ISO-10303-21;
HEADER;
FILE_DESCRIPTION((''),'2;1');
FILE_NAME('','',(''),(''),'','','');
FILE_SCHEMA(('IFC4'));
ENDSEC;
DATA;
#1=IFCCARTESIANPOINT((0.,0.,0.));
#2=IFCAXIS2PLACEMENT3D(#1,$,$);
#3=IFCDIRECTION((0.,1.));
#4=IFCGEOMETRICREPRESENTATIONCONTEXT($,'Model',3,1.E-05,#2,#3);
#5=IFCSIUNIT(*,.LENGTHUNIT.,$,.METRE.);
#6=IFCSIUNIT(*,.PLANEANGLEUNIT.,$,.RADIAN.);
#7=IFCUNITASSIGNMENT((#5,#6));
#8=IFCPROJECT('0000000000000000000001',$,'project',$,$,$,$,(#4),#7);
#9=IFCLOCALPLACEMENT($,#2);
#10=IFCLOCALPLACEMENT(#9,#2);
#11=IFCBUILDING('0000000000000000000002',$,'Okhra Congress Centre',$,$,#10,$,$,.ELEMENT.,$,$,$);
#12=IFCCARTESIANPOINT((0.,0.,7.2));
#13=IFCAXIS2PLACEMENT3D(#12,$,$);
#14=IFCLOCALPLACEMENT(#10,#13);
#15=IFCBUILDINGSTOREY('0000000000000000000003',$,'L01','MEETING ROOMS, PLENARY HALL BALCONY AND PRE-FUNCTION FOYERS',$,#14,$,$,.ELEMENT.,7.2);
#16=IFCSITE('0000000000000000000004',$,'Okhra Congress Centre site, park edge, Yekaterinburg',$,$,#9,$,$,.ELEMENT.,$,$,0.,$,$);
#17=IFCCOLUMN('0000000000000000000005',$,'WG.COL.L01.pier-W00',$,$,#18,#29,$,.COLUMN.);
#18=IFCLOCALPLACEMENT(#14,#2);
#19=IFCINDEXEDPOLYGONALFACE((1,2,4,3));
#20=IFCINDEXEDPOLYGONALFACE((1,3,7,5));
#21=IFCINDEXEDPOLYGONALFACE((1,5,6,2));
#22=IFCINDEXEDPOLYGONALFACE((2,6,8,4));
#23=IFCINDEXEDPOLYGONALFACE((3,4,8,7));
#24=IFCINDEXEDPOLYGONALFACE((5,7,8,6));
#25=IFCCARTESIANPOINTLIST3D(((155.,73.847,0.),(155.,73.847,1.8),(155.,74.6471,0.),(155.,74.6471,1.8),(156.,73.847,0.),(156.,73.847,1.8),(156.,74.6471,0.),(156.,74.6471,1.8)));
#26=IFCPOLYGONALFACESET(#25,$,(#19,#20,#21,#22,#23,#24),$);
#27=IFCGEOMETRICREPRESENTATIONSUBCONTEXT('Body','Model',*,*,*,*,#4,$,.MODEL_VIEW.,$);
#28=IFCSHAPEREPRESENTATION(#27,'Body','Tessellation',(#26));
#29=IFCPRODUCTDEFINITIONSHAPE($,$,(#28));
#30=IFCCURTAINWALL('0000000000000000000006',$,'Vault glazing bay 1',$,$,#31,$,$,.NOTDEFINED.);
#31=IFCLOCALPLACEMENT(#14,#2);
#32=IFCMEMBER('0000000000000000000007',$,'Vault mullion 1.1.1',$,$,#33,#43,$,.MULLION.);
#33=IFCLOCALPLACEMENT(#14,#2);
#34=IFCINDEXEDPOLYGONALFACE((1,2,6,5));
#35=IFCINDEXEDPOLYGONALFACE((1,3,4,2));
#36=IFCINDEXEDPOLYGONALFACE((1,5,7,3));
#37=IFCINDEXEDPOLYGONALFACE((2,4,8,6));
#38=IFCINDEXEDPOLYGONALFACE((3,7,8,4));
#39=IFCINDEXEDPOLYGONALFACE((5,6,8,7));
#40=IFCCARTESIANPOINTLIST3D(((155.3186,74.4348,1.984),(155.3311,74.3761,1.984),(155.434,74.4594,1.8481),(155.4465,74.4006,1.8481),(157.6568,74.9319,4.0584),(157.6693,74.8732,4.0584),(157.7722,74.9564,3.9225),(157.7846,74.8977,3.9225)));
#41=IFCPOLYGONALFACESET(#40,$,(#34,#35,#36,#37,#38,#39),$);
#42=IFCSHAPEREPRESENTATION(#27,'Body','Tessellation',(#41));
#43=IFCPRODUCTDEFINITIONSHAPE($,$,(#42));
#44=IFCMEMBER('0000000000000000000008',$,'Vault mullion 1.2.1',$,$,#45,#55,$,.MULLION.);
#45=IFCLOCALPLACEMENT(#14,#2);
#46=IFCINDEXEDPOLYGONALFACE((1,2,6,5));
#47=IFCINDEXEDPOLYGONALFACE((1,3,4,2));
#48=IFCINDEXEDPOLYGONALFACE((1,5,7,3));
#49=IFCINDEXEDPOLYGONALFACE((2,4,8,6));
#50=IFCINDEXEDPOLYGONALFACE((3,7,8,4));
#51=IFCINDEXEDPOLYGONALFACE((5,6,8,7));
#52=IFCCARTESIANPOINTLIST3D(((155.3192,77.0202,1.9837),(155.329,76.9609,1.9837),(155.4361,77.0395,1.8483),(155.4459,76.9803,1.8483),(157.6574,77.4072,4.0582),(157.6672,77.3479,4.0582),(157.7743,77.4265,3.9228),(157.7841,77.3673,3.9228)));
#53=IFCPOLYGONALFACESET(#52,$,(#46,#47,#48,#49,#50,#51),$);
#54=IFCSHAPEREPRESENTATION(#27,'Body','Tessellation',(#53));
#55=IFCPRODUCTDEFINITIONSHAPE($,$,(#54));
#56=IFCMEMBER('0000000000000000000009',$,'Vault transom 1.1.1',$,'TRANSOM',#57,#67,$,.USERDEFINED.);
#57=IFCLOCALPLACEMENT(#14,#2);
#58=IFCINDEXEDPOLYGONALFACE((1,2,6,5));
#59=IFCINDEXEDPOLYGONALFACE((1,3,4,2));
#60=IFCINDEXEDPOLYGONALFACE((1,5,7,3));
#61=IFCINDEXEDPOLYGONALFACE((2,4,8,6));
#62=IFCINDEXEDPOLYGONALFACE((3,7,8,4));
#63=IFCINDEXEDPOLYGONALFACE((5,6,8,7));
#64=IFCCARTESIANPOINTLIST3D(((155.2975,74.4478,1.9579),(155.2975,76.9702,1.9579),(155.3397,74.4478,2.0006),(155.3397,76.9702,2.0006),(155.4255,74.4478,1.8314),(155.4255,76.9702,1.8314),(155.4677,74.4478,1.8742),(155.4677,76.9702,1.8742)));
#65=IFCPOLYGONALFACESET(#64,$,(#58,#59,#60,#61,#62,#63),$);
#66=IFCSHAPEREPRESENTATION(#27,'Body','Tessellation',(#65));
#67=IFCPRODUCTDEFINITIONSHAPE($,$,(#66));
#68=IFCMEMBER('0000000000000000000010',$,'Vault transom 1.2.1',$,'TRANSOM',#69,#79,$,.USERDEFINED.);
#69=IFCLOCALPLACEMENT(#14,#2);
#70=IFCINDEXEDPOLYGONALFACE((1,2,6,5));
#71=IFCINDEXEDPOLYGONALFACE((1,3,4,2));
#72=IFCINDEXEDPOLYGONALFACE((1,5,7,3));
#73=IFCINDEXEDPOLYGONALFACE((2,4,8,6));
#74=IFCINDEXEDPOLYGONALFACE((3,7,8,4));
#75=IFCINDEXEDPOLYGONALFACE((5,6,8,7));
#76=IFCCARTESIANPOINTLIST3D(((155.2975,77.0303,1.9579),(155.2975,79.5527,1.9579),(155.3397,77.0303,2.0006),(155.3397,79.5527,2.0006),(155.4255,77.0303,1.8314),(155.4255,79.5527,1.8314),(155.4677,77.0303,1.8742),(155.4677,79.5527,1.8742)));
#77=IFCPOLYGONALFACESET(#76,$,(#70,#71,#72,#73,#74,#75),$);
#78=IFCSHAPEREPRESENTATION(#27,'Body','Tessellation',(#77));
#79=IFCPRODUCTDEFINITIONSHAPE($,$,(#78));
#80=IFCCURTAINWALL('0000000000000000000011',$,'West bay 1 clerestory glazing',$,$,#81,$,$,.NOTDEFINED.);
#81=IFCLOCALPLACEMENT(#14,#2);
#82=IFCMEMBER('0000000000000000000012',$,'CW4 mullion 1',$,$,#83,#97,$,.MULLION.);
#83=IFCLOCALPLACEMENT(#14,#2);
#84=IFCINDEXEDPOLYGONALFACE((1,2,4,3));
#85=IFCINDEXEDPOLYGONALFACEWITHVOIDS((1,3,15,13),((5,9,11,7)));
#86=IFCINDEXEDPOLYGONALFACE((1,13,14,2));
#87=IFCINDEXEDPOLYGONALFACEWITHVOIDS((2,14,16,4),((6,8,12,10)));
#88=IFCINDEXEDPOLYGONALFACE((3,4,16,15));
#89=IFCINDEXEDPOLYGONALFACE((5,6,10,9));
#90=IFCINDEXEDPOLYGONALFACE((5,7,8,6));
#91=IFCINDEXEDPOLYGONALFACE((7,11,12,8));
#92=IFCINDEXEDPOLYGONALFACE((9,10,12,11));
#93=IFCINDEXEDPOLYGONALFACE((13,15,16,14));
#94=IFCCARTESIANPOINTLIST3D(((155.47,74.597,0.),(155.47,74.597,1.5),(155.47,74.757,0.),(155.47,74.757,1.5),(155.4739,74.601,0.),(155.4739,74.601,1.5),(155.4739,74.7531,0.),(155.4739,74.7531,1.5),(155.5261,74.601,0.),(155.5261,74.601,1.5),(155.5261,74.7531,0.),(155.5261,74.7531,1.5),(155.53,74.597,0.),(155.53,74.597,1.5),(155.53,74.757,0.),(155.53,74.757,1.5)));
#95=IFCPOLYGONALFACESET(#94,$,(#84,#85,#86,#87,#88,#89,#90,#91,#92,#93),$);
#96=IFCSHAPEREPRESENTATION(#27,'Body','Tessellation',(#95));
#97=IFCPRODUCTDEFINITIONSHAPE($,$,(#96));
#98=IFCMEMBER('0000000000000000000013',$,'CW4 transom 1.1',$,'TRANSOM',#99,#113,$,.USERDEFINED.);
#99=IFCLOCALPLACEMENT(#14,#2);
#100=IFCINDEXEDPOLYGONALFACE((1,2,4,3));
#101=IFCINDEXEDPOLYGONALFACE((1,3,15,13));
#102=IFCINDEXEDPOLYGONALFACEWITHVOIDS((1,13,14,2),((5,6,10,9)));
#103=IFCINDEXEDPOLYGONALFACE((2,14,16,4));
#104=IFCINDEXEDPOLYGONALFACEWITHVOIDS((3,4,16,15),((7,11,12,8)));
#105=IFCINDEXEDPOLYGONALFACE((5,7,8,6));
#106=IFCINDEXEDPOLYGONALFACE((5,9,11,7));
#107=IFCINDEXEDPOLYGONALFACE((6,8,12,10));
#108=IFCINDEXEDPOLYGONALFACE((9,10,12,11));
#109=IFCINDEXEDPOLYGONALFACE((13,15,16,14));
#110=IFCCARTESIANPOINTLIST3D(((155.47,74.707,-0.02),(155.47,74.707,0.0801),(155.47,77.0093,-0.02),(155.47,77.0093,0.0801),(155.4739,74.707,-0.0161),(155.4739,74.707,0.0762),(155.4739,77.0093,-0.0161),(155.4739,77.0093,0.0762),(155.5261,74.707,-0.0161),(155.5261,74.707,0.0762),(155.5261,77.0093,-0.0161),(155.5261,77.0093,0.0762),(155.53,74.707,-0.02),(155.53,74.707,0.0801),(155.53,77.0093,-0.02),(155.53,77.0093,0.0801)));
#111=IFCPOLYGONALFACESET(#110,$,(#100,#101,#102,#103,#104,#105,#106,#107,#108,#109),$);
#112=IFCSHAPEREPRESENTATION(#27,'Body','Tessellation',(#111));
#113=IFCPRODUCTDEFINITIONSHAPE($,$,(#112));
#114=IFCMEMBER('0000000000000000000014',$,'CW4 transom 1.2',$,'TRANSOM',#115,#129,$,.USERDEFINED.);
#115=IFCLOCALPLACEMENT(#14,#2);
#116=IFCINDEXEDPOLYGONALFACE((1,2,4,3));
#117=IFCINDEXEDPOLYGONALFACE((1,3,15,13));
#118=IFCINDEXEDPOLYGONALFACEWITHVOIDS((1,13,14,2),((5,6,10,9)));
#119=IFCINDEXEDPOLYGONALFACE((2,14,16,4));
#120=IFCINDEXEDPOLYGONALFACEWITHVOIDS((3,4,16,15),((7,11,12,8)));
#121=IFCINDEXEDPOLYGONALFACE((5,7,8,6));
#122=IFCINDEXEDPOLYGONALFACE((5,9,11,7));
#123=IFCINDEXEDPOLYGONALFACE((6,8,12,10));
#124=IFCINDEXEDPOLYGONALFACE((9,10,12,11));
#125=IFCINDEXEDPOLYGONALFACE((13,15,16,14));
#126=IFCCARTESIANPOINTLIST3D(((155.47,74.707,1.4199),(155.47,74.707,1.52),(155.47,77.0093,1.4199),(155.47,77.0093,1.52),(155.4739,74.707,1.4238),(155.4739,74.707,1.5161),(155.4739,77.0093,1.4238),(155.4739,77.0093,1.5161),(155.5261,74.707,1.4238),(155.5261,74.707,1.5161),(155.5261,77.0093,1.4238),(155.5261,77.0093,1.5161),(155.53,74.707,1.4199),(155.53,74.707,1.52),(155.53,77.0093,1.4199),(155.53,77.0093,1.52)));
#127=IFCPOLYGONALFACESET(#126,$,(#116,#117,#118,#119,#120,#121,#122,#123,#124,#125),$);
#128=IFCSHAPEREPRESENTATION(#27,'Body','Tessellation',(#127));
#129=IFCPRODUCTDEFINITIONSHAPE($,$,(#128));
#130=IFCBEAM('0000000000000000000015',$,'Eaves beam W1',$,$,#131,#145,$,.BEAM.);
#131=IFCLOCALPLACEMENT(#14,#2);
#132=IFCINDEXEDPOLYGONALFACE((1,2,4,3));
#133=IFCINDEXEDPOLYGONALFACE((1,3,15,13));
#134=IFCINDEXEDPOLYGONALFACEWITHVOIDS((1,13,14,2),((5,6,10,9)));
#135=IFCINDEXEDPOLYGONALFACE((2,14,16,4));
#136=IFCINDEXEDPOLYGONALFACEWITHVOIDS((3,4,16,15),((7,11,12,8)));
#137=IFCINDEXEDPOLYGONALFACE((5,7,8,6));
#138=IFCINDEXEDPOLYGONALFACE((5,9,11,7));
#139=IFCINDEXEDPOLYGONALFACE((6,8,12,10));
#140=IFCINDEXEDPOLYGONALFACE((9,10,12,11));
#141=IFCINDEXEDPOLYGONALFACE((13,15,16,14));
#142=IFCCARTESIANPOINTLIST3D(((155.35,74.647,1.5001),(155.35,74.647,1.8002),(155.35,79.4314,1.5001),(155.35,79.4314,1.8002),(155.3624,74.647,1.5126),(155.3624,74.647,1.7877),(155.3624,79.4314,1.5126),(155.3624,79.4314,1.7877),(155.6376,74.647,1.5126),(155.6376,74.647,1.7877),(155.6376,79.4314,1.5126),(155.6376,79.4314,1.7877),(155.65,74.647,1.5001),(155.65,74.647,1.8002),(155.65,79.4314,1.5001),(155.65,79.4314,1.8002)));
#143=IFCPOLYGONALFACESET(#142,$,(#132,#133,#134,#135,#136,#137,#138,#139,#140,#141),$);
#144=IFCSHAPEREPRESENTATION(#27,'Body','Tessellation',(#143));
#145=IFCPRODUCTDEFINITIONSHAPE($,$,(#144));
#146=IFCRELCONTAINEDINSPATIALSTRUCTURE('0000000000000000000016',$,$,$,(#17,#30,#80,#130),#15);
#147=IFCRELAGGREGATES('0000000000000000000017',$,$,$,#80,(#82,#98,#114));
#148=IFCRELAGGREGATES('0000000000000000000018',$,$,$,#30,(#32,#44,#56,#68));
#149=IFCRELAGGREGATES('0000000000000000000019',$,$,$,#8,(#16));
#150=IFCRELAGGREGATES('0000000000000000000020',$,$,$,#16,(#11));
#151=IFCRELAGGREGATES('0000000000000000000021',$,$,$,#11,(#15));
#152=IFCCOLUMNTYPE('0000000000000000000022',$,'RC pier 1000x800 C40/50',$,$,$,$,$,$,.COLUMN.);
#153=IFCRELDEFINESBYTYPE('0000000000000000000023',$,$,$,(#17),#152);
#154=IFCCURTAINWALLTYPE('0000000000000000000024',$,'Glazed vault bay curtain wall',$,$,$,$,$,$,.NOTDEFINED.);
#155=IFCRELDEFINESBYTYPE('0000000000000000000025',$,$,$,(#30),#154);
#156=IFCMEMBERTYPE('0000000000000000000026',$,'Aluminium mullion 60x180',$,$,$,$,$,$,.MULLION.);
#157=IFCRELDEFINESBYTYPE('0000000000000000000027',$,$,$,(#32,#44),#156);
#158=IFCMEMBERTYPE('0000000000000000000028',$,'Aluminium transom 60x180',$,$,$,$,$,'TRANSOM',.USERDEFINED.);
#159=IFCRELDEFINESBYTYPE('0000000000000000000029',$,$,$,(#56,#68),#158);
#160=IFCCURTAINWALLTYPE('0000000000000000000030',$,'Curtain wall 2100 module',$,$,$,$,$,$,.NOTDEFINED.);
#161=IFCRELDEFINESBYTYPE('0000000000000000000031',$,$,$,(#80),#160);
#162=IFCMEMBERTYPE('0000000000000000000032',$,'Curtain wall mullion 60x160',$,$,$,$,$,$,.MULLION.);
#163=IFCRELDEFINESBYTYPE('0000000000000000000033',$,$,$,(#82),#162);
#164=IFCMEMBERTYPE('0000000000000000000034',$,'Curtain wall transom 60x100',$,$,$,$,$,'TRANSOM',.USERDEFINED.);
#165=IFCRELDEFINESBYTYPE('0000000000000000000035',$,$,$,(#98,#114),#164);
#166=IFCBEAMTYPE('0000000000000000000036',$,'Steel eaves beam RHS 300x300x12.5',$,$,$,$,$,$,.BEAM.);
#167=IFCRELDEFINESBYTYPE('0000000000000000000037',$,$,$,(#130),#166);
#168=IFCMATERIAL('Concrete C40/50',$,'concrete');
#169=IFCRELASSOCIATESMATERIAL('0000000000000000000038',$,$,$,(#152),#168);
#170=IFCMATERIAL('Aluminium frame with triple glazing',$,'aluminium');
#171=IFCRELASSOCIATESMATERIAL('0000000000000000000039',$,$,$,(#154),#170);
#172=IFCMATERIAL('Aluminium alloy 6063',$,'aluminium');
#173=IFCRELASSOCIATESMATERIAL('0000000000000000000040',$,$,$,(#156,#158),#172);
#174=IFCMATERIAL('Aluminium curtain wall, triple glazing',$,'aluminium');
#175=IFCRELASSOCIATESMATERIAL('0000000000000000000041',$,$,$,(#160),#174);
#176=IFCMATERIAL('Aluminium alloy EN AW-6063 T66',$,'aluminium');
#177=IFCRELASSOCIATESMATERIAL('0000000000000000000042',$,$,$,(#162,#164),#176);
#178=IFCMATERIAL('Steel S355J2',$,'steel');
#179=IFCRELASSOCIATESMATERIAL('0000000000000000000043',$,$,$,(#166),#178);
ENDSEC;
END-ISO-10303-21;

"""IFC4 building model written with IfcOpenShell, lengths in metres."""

from ifc_helpers import new_model, si_unit, direction, frame, origin, origin_2d, place, context, subcontext, project, spatial, rectangle, hollow_rectangle, extrude, material, material_profile, profile_set, type_object, element, aggregate, save


model = new_model("IFC4")

# Units and contexts
model_context = context("Model", 3, precision=1e-05, world=origin(), true_north=direction((0.0, 1.0)))
body_context = subcontext(model_context, "Body", "Model", "MODEL_VIEW")
ifc_project = project(units=[si_unit("LENGTHUNIT", "METRE"), si_unit("PLANEANGLEUNIT", "RADIAN")], contexts=[model_context])

# Site, building, storey
site_placement = place(None, origin())
site = spatial("IfcSite", under=ifc_project, at=site_placement, Name="Okhra Congress Centre site, park edge, Yekaterinburg", CompositionType="ELEMENT", RefElevation=0.0)
building_placement = place(site_placement, origin())
building = spatial("IfcBuilding", under=site, at=building_placement, Name="Okhra Congress Centre", CompositionType="ELEMENT")
storey_placement = place(building_placement, frame((0.0, 0.0, 7.2)))
storey = spatial("IfcBuildingStorey", under=building, at=storey_placement, Name="L01", Description="MEETING ROOMS, PLENARY HALL BALCONY AND PRE-FUNCTION FOYERS", CompositionType="ELEMENT", Elevation=7.2)

# Column
ifc_material_1 = material(Name="Concrete C40/50", Category="concrete")
ifc_material_profile_1 = material_profile(ifc_material_1, rectangle(XDim=1.0, YDim=0.8, at=origin_2d()), Name="RC 1000x800")
ifc_profile_set_1 = profile_set([ifc_material_profile_1], Name="Concrete C40/50")
column_type = type_object("IfcColumnType", Name="RC pier 1000x800 C40/50", PredefinedType="COLUMN", material=ifc_profile_set_1)
column_placement = place(storey_placement, frame((155.5, 74.2471, 0.0), z_axis=(0.0, 0.0, 1.0), x_axis=(1.0, 0.0, 0.0)))
element("IfcColumn", 1, at=column_placement, inside=storey, type_object=column_type, Name="WG.COL.L01.pier-W00", PredefinedType="COLUMN", context=body_context, shape_type="SweptSolid", body=[
    extrude(rectangle(XDim=1.0, YDim=0.8, at=origin_2d()), origin(), (0.0, 0.0, 1.0), 1.8),
])

# Curtain walls, members
ifc_material_2 = material(Name="Aluminium frame with triple glazing", Category="aluminium")
curtain_wall_type_1 = type_object("IfcCurtainWallType", Name="Glazed vault bay curtain wall", PredefinedType="NOTDEFINED", material=ifc_material_2)
curtain_wall_1_placement = place(storey_placement, origin())
curtain_wall_1 = element("IfcCurtainWall", 2, at=curtain_wall_1_placement, inside=storey, type_object=curtain_wall_type_1, Name="Vault glazing bay 1", PredefinedType="NOTDEFINED")
ifc_material_3 = material(Name="Aluminium alloy 6063", Category="aluminium")
ifc_material_profile_2 = material_profile(ifc_material_3, rectangle(XDim=0.0601, YDim=0.1799, at=origin_2d()), Name="AL 60x180")
ifc_profile_set_2 = profile_set([ifc_material_profile_2], Name="Aluminium alloy 6063")
member_type_1 = type_object("IfcMemberType", Name="Aluminium mullion 60x180", PredefinedType="MULLION", material=ifc_profile_set_2)
member_1_placement = place(storey_placement, frame((155.3826, 74.4177, 1.916), z_axis=(0.738743, 0.157051, 0.655434), x_axis=(-0.207945, 0.97814, 0.0)))
member_1 = element("IfcMember", 3, at=member_1_placement, type_object=member_type_1, Name="Vault mullion 1.1.1", PredefinedType="MULLION", context=body_context, shape_type="SweptSolid", body=[
    extrude(rectangle(XDim=0.0601, YDim=0.1799, at=origin_2d()), origin(), (0.0, 0.0, 1.0), 3.165),
])
member_2_placement = place(storey_placement, frame((155.3826, 77.0002, 1.916), z_axis=(0.742358, 0.122861, 0.658642), x_axis=(-0.16328, 0.98658, 0.0)))
member_2 = element("IfcMember", 4, at=member_2_placement, type_object=member_type_1, Name="Vault mullion 1.2.1", PredefinedType="MULLION", context=body_context, shape_type="SweptSolid", body=[
    extrude(rectangle(XDim=0.0601, YDim=0.1799, at=origin_2d()), origin(), (0.0, 0.0, 1.0), 3.1497),
])
ifc_material_profile_3 = material_profile(ifc_material_3, rectangle(XDim=0.0601, YDim=0.1799, at=origin_2d()), Name="AL 60x180 transom")
ifc_profile_set_3 = profile_set([ifc_material_profile_3], Name="Aluminium alloy 6063")
member_type_2 = type_object("IfcMemberType", Name="Aluminium transom 60x180", ElementType="TRANSOM", PredefinedType="USERDEFINED", material=ifc_profile_set_3)
member_3_placement = place(storey_placement, frame((155.3826, 74.4478, 1.916), z_axis=(0.0, 1.0, 0.0), x_axis=(-0.702636, 0.0, -0.711549)))
member_3 = element("IfcMember", 5, at=member_3_placement, type_object=member_type_2, Name="Vault transom 1.1.1", ObjectType="TRANSOM", PredefinedType="USERDEFINED", context=body_context, shape_type="SweptSolid", body=[
    extrude(rectangle(XDim=0.0601, YDim=0.1799, at=origin_2d()), origin(), (0.0, 0.0, 1.0), 2.5225),
])
member_4_placement = place(storey_placement, frame((155.3826, 77.0303, 1.916), z_axis=(0.0, 1.0, 0.0), x_axis=(-0.702636, 0.0, -0.711549)))
member_4 = element("IfcMember", 6, at=member_4_placement, type_object=member_type_2, Name="Vault transom 1.2.1", ObjectType="TRANSOM", PredefinedType="USERDEFINED", context=body_context, shape_type="SweptSolid", body=[
    extrude(rectangle(XDim=0.0601, YDim=0.1799, at=origin_2d()), origin(), (0.0, 0.0, 1.0), 2.5225),
])
ifc_material_4 = material(Name="Aluminium curtain wall, triple glazing", Category="aluminium")
curtain_wall_type_2 = type_object("IfcCurtainWallType", Name="Curtain wall 2100 module", PredefinedType="NOTDEFINED", material=ifc_material_4)
curtain_wall_2_placement = place(storey_placement, origin())
curtain_wall_2 = element("IfcCurtainWall", 7, at=curtain_wall_2_placement, inside=storey, type_object=curtain_wall_type_2, Name="West bay 1 clerestory glazing", PredefinedType="NOTDEFINED")
ifc_material_5 = material(Name="Aluminium alloy EN AW-6063 T66", Category="aluminium")
ifc_material_profile_4 = material_profile(ifc_material_5, hollow_rectangle(XDim=0.0601, YDim=0.1599, WallThickness=0.0039, at=origin_2d()), Name="RHS 60x160x4")
ifc_profile_set_4 = profile_set([ifc_material_profile_4], Name="Aluminium alloy EN AW-6063 T66")
member_type_3 = type_object("IfcMemberType", Name="Curtain wall mullion 60x160", PredefinedType="MULLION", material=ifc_profile_set_4)
member_5_placement = place(storey_placement, frame((155.5, 74.677, 0.0), z_axis=(0.0, 0.0, 1.0), x_axis=(-1.0, 0.0, 0.0)))
member_5 = element("IfcMember", 8, at=member_5_placement, type_object=member_type_3, Name="CW4 mullion 1", PredefinedType="MULLION", context=body_context, shape_type="SweptSolid", body=[
    extrude(hollow_rectangle(XDim=0.0601, YDim=0.1599, WallThickness=0.0039, at=origin_2d()), origin(), (0.0, 0.0, 1.0), 1.5),
])
ifc_material_profile_5 = material_profile(ifc_material_5, hollow_rectangle(XDim=0.0601, YDim=0.1001, WallThickness=0.0039, at=origin_2d()), Name="RHS 60x100x4")
ifc_profile_set_5 = profile_set([ifc_material_profile_5], Name="Aluminium alloy EN AW-6063 T66")
member_type_4 = type_object("IfcMemberType", Name="Curtain wall transom 60x100", ElementType="TRANSOM", PredefinedType="USERDEFINED", material=ifc_profile_set_5)
member_6_placement = place(storey_placement, frame((155.5, 74.707, 0.03), z_axis=(0.0, 1.0, 0.0), x_axis=(-1.0, 0.0, 0.0)))
member_6 = element("IfcMember", 9, at=member_6_placement, type_object=member_type_4, Name="CW4 transom 1.1", ObjectType="TRANSOM", PredefinedType="USERDEFINED", context=body_context, shape_type="SweptSolid", body=[
    extrude(hollow_rectangle(XDim=0.0601, YDim=0.1001, WallThickness=0.0039, at=origin_2d()), origin(), (0.0, 0.0, 1.0), 2.3022),
])
member_7_placement = place(storey_placement, frame((155.5, 74.707, 1.47), z_axis=(0.0, 1.0, 0.0), x_axis=(-1.0, 0.0, 0.0)))
member_7 = element("IfcMember", 10, at=member_7_placement, type_object=member_type_4, Name="CW4 transom 1.2", ObjectType="TRANSOM", PredefinedType="USERDEFINED", context=body_context, shape_type="SweptSolid", body=[
    extrude(hollow_rectangle(XDim=0.0601, YDim=0.1001, WallThickness=0.0039, at=origin_2d()), origin(), (0.0, 0.0, 1.0), 2.3022),
])

# Beam
ifc_material_6 = material(Name="Steel S355J2", Category="steel")
ifc_material_profile_6 = material_profile(ifc_material_6, hollow_rectangle(XDim=0.3, YDim=0.3, WallThickness=0.0125, at=origin_2d()), Name="RHS 300x300x12.5")
ifc_profile_set_6 = profile_set([ifc_material_profile_6], Name="Steel S355J2")
beam_type = type_object("IfcBeamType", Name="Steel eaves beam RHS 300x300x12.5", PredefinedType="BEAM", material=ifc_profile_set_6)
beam_placement = place(storey_placement, frame((155.5, 74.647, 1.6501), z_axis=(0.0, 1.0, 0.0), x_axis=(-1.0, 0.0, 0.0)))
element("IfcBeam", 11, at=beam_placement, inside=storey, type_object=beam_type, Name="Eaves beam W1", PredefinedType="BEAM", context=body_context, shape_type="SweptSolid", body=[
    extrude(hollow_rectangle(XDim=0.3, YDim=0.3, WallThickness=0.0125, at=origin_2d()), origin(), (0.0, 0.0, 1.0), 4.7844),
])

aggregate(curtain_wall_2, [member_5, member_6, member_7])
aggregate(curtain_wall_1, [member_1, member_2, member_3, member_4])

save(model, "model.ifc")
